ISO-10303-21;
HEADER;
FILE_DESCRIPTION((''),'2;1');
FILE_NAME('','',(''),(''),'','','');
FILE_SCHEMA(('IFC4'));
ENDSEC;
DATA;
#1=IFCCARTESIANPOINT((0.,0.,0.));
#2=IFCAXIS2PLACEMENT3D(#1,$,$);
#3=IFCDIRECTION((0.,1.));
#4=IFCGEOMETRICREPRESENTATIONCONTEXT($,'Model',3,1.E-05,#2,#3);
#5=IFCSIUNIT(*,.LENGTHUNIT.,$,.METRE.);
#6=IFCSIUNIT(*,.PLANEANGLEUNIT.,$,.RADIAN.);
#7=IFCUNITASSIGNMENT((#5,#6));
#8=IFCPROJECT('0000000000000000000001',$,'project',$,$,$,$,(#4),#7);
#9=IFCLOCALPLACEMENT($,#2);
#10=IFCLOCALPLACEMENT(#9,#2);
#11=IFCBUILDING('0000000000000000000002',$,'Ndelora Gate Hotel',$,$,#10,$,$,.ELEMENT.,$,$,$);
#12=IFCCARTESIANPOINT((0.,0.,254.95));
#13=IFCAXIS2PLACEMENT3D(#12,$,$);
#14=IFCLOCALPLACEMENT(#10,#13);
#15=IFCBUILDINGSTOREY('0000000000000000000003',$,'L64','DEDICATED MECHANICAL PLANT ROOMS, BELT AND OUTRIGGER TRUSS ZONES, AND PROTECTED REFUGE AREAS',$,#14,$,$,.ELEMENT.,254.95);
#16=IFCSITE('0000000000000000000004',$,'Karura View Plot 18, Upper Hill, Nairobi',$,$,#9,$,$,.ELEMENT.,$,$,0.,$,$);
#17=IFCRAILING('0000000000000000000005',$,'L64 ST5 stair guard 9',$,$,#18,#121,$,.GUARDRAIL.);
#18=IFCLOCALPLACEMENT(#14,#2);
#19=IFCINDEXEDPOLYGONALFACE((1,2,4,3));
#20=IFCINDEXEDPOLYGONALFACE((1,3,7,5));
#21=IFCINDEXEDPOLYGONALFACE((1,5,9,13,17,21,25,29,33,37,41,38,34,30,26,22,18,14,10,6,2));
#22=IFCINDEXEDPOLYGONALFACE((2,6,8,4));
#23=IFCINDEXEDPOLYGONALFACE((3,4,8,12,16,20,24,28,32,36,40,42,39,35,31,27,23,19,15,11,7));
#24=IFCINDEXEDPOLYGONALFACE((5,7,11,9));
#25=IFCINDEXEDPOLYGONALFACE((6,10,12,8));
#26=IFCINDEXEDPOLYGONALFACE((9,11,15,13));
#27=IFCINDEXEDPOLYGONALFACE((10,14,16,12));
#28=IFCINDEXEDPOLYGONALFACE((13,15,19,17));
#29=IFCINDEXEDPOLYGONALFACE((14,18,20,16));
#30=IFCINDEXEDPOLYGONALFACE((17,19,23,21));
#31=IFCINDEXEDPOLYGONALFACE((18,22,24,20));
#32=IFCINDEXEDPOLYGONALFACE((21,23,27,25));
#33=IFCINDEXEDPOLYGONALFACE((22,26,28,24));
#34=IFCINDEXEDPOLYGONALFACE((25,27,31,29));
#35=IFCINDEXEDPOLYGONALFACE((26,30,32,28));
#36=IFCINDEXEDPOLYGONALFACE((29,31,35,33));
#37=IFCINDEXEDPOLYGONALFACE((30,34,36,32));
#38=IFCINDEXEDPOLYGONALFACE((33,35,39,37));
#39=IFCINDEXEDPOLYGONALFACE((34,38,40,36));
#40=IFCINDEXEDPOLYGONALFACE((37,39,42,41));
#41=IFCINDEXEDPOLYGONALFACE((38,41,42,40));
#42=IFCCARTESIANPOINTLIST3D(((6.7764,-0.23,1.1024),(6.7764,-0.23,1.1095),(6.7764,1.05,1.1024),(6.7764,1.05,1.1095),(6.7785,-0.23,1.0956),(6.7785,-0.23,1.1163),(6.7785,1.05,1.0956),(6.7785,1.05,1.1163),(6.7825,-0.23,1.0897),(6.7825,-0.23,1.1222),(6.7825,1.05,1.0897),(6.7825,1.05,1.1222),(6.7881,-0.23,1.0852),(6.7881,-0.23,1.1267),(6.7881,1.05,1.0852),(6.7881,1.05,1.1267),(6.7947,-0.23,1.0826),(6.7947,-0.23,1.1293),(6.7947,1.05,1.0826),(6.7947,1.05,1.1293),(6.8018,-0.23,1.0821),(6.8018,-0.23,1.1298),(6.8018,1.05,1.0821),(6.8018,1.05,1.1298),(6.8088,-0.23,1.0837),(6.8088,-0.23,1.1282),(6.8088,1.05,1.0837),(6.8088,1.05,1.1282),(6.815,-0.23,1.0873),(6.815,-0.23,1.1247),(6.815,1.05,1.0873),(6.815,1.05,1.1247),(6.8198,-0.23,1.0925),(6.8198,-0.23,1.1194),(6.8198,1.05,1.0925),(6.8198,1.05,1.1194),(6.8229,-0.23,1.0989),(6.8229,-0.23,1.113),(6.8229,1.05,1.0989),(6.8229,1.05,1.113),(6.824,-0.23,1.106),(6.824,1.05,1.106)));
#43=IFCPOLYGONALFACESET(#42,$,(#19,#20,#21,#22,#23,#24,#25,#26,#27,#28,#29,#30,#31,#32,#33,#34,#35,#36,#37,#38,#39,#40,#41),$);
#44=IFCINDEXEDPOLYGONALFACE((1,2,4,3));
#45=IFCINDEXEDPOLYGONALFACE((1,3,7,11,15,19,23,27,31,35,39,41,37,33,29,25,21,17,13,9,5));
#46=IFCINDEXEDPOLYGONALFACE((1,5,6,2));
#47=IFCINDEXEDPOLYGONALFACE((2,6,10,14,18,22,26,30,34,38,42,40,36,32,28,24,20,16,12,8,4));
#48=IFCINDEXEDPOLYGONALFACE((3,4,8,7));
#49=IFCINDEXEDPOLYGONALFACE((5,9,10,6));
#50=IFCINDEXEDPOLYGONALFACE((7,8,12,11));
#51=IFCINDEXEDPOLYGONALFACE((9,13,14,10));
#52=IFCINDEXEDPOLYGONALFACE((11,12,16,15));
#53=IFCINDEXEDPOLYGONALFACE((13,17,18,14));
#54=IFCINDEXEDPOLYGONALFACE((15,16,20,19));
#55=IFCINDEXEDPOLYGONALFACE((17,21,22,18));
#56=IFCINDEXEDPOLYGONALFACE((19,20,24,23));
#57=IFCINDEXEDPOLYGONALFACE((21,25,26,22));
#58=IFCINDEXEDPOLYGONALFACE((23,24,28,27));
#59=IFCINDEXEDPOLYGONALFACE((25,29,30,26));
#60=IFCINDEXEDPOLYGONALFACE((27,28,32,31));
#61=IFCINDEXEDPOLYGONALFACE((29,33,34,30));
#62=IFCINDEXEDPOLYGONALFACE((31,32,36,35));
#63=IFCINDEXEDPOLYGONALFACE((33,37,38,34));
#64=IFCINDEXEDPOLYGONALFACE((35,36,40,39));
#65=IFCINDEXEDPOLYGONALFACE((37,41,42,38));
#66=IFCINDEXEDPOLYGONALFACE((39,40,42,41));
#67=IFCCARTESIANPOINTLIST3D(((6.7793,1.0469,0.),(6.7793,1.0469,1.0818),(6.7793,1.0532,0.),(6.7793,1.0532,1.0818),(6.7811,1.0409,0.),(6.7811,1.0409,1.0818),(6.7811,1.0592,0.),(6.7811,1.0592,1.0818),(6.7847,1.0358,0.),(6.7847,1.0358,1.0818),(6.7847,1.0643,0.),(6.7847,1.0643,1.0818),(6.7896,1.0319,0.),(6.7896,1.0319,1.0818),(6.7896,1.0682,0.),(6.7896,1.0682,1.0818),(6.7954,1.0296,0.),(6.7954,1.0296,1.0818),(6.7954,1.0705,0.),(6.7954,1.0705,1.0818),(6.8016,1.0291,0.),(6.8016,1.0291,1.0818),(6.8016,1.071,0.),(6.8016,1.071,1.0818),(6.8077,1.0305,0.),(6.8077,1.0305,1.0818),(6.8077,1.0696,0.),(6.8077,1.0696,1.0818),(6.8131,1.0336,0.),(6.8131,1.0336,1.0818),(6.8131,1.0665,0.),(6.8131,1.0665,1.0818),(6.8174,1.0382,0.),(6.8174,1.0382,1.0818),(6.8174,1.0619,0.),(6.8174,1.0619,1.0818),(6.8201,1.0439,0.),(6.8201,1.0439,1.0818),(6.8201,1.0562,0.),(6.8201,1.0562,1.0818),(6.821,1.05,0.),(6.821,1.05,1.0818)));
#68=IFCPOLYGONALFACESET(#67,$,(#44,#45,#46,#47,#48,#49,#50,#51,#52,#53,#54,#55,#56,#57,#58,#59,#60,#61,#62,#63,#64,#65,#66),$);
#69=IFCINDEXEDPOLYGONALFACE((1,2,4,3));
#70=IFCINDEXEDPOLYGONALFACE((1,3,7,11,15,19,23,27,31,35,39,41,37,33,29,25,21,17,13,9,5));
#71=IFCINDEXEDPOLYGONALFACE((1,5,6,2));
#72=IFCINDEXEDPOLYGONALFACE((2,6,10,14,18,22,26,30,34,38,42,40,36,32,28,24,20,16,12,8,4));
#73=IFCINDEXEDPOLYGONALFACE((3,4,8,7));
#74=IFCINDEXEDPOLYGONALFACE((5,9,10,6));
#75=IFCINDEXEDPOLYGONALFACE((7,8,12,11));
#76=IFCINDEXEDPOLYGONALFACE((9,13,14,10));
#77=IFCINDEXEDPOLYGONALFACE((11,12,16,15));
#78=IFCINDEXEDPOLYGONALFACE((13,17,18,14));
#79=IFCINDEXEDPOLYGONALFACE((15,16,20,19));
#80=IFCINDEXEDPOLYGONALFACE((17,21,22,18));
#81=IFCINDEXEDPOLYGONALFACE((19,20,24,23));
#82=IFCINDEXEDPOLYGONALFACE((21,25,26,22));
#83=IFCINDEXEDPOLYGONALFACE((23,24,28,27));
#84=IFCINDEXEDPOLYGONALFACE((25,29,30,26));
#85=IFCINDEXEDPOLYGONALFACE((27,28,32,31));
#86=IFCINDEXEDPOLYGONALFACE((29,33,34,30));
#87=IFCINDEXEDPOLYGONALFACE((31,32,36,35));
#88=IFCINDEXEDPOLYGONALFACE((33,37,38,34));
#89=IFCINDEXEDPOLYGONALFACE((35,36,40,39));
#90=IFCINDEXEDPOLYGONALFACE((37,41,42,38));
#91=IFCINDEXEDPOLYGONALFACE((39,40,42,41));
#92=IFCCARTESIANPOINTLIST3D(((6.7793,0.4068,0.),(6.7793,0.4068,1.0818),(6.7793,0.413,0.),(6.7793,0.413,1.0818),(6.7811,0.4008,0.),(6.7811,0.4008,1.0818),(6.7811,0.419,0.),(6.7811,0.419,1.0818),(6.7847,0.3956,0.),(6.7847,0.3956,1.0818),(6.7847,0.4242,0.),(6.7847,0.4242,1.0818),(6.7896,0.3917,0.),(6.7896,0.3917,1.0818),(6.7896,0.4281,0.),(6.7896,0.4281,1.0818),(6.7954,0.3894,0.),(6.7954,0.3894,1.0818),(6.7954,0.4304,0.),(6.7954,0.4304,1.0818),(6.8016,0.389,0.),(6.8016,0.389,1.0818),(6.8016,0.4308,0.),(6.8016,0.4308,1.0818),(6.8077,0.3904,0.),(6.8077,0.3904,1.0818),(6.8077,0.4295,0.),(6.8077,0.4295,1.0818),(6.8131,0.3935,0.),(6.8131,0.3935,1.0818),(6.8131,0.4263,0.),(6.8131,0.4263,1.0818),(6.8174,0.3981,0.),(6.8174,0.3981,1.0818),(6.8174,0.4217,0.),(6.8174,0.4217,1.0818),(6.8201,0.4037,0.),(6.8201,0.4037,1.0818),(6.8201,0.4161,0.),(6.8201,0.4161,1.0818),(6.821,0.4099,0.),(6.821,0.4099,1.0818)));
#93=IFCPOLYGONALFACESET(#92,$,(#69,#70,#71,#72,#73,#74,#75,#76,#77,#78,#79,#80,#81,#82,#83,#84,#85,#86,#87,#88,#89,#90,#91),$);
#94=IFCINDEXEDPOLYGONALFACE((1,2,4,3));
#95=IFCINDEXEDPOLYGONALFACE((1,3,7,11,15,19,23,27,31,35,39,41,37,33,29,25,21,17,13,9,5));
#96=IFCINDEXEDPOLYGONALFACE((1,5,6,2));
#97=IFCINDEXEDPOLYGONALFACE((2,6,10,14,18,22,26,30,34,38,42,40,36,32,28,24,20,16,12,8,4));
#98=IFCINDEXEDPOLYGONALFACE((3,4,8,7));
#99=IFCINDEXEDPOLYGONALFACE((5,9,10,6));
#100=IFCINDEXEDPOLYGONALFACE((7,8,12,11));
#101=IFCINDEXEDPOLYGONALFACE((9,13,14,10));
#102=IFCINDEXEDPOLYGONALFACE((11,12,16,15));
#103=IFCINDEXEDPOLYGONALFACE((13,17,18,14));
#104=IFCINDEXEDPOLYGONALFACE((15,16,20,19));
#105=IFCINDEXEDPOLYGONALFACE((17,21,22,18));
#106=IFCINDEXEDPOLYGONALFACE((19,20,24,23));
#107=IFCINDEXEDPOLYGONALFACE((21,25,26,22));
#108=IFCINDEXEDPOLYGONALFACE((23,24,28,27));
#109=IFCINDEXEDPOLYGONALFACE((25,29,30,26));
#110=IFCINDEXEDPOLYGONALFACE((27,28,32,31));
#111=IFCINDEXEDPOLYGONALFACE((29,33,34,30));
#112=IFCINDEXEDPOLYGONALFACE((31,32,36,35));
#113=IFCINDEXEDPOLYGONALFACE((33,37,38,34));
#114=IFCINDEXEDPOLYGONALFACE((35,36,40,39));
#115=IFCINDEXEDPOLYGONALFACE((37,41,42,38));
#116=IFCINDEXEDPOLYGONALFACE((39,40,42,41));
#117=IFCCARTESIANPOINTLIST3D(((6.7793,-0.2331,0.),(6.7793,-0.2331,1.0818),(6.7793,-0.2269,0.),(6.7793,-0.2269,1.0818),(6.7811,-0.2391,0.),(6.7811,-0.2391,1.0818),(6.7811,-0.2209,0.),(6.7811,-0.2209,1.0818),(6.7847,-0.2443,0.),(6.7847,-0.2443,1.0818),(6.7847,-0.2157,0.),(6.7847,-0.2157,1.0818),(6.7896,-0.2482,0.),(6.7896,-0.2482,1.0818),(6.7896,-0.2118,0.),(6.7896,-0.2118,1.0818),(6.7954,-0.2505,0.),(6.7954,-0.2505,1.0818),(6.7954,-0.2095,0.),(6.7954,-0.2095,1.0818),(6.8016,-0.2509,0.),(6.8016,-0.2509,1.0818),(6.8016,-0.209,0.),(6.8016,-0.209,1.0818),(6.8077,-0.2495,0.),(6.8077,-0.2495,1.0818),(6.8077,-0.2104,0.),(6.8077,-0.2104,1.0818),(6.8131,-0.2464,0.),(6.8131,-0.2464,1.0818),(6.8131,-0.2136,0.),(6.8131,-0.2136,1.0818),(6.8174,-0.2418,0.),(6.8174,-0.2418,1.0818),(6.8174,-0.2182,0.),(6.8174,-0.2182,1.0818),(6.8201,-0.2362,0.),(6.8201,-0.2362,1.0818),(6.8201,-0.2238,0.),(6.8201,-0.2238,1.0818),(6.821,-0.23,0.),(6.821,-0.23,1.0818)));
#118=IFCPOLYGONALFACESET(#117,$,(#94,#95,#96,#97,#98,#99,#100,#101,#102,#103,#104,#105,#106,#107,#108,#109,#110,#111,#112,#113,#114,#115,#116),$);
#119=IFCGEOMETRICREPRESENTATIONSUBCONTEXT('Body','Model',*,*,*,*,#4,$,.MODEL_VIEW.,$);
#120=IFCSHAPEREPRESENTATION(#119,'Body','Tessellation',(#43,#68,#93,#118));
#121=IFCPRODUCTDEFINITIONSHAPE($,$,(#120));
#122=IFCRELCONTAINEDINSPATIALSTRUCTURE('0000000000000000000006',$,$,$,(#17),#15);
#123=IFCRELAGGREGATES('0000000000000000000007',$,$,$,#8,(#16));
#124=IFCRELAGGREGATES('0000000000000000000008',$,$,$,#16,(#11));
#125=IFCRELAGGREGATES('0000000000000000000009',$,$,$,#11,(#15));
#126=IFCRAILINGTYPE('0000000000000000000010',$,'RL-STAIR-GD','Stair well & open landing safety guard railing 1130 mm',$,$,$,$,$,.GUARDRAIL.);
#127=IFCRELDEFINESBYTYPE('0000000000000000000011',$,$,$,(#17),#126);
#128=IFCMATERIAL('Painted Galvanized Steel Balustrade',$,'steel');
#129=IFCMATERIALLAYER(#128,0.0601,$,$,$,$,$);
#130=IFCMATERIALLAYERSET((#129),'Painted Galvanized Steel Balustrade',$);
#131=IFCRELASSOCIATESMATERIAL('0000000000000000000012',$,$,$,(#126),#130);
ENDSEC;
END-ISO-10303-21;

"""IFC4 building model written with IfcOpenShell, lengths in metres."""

from ifc_helpers import new_model, si_unit, direction, frame, origin, origin_2d, place, context, subcontext, project, spatial, circle, extrude, material, layer, layer_set, type_object, element, save


model = new_model("IFC4")

# Units and contexts
model_context = context("Model", 3, precision=1e-05, world=origin(), true_north=direction((0.0, 1.0)))
body_context = subcontext(model_context, "Body", "Model", "MODEL_VIEW")
ifc_project = project(units=[si_unit("LENGTHUNIT", "METRE"), si_unit("PLANEANGLEUNIT", "RADIAN")], contexts=[model_context])

# Site, building, storey
site_placement = place(None, origin())
site = spatial("IfcSite", under=ifc_project, at=site_placement, Name="Karura View Plot 18, Upper Hill, Nairobi", CompositionType="ELEMENT", RefElevation=0.0)
building_placement = place(site_placement, origin())
building = spatial("IfcBuilding", under=site, at=building_placement, Name="Ndelora Gate Hotel", CompositionType="ELEMENT")
storey_placement = place(building_placement, frame((0.0, 0.0, 254.95)))
storey = spatial("IfcBuildingStorey", under=building, at=storey_placement, Name="L64", Description="DEDICATED MECHANICAL PLANT ROOMS, BELT AND OUTRIGGER TRUSS ZONES, AND PROTECTED REFUGE AREAS", CompositionType="ELEMENT", Elevation=254.95)

# Railing
ifc_material_1 = material(Name="Painted Galvanized Steel Balustrade", Category="steel")
ifc_layer_1 = layer(ifc_material_1, 0.0601)
ifc_layer_set_1 = layer_set([ifc_layer_1], Name="Painted Galvanized Steel Balustrade")
railing_type = type_object("IfcRailingType", Name="RL-STAIR-GD", Description="Stair well & open landing safety guard railing 1130 mm", PredefinedType="GUARDRAIL", material=ifc_layer_set_1)
for number, where, name in (
    (1, (6.8, 1.05, 0.0), "L64 ST5 stair guard 9"),
):
    element("IfcRailing", number, at=place(storey_placement, frame(where)), inside=storey, type_object=railing_type, Name=name, PredefinedType="GUARDRAIL", context=body_context, shape_type="SweptSolid", body=[
        extrude(circle(Radius=0.0239, at=origin_2d()), frame((0.0, 0.0, 1.106), z_axis=(0.0, -1.0, 0.0), x_axis=(1.0, 0.0, 0.0)), (0.0, 0.0, 1.0), 1.28),
        extrude(circle(Radius=0.021, at=origin_2d()), origin(), (0.0, 0.0, 1.0), 1.0818),
        extrude(circle(Radius=0.021, at=origin_2d()), frame((0.0, -0.6401, 0.0)), (0.0, 0.0, 1.0), 1.0818),
        extrude(circle(Radius=0.021, at=origin_2d()), frame((0.0, -1.28, 0.0)), (0.0, 0.0, 1.0), 1.0818),
    ])

save(model, "model.ifc")
